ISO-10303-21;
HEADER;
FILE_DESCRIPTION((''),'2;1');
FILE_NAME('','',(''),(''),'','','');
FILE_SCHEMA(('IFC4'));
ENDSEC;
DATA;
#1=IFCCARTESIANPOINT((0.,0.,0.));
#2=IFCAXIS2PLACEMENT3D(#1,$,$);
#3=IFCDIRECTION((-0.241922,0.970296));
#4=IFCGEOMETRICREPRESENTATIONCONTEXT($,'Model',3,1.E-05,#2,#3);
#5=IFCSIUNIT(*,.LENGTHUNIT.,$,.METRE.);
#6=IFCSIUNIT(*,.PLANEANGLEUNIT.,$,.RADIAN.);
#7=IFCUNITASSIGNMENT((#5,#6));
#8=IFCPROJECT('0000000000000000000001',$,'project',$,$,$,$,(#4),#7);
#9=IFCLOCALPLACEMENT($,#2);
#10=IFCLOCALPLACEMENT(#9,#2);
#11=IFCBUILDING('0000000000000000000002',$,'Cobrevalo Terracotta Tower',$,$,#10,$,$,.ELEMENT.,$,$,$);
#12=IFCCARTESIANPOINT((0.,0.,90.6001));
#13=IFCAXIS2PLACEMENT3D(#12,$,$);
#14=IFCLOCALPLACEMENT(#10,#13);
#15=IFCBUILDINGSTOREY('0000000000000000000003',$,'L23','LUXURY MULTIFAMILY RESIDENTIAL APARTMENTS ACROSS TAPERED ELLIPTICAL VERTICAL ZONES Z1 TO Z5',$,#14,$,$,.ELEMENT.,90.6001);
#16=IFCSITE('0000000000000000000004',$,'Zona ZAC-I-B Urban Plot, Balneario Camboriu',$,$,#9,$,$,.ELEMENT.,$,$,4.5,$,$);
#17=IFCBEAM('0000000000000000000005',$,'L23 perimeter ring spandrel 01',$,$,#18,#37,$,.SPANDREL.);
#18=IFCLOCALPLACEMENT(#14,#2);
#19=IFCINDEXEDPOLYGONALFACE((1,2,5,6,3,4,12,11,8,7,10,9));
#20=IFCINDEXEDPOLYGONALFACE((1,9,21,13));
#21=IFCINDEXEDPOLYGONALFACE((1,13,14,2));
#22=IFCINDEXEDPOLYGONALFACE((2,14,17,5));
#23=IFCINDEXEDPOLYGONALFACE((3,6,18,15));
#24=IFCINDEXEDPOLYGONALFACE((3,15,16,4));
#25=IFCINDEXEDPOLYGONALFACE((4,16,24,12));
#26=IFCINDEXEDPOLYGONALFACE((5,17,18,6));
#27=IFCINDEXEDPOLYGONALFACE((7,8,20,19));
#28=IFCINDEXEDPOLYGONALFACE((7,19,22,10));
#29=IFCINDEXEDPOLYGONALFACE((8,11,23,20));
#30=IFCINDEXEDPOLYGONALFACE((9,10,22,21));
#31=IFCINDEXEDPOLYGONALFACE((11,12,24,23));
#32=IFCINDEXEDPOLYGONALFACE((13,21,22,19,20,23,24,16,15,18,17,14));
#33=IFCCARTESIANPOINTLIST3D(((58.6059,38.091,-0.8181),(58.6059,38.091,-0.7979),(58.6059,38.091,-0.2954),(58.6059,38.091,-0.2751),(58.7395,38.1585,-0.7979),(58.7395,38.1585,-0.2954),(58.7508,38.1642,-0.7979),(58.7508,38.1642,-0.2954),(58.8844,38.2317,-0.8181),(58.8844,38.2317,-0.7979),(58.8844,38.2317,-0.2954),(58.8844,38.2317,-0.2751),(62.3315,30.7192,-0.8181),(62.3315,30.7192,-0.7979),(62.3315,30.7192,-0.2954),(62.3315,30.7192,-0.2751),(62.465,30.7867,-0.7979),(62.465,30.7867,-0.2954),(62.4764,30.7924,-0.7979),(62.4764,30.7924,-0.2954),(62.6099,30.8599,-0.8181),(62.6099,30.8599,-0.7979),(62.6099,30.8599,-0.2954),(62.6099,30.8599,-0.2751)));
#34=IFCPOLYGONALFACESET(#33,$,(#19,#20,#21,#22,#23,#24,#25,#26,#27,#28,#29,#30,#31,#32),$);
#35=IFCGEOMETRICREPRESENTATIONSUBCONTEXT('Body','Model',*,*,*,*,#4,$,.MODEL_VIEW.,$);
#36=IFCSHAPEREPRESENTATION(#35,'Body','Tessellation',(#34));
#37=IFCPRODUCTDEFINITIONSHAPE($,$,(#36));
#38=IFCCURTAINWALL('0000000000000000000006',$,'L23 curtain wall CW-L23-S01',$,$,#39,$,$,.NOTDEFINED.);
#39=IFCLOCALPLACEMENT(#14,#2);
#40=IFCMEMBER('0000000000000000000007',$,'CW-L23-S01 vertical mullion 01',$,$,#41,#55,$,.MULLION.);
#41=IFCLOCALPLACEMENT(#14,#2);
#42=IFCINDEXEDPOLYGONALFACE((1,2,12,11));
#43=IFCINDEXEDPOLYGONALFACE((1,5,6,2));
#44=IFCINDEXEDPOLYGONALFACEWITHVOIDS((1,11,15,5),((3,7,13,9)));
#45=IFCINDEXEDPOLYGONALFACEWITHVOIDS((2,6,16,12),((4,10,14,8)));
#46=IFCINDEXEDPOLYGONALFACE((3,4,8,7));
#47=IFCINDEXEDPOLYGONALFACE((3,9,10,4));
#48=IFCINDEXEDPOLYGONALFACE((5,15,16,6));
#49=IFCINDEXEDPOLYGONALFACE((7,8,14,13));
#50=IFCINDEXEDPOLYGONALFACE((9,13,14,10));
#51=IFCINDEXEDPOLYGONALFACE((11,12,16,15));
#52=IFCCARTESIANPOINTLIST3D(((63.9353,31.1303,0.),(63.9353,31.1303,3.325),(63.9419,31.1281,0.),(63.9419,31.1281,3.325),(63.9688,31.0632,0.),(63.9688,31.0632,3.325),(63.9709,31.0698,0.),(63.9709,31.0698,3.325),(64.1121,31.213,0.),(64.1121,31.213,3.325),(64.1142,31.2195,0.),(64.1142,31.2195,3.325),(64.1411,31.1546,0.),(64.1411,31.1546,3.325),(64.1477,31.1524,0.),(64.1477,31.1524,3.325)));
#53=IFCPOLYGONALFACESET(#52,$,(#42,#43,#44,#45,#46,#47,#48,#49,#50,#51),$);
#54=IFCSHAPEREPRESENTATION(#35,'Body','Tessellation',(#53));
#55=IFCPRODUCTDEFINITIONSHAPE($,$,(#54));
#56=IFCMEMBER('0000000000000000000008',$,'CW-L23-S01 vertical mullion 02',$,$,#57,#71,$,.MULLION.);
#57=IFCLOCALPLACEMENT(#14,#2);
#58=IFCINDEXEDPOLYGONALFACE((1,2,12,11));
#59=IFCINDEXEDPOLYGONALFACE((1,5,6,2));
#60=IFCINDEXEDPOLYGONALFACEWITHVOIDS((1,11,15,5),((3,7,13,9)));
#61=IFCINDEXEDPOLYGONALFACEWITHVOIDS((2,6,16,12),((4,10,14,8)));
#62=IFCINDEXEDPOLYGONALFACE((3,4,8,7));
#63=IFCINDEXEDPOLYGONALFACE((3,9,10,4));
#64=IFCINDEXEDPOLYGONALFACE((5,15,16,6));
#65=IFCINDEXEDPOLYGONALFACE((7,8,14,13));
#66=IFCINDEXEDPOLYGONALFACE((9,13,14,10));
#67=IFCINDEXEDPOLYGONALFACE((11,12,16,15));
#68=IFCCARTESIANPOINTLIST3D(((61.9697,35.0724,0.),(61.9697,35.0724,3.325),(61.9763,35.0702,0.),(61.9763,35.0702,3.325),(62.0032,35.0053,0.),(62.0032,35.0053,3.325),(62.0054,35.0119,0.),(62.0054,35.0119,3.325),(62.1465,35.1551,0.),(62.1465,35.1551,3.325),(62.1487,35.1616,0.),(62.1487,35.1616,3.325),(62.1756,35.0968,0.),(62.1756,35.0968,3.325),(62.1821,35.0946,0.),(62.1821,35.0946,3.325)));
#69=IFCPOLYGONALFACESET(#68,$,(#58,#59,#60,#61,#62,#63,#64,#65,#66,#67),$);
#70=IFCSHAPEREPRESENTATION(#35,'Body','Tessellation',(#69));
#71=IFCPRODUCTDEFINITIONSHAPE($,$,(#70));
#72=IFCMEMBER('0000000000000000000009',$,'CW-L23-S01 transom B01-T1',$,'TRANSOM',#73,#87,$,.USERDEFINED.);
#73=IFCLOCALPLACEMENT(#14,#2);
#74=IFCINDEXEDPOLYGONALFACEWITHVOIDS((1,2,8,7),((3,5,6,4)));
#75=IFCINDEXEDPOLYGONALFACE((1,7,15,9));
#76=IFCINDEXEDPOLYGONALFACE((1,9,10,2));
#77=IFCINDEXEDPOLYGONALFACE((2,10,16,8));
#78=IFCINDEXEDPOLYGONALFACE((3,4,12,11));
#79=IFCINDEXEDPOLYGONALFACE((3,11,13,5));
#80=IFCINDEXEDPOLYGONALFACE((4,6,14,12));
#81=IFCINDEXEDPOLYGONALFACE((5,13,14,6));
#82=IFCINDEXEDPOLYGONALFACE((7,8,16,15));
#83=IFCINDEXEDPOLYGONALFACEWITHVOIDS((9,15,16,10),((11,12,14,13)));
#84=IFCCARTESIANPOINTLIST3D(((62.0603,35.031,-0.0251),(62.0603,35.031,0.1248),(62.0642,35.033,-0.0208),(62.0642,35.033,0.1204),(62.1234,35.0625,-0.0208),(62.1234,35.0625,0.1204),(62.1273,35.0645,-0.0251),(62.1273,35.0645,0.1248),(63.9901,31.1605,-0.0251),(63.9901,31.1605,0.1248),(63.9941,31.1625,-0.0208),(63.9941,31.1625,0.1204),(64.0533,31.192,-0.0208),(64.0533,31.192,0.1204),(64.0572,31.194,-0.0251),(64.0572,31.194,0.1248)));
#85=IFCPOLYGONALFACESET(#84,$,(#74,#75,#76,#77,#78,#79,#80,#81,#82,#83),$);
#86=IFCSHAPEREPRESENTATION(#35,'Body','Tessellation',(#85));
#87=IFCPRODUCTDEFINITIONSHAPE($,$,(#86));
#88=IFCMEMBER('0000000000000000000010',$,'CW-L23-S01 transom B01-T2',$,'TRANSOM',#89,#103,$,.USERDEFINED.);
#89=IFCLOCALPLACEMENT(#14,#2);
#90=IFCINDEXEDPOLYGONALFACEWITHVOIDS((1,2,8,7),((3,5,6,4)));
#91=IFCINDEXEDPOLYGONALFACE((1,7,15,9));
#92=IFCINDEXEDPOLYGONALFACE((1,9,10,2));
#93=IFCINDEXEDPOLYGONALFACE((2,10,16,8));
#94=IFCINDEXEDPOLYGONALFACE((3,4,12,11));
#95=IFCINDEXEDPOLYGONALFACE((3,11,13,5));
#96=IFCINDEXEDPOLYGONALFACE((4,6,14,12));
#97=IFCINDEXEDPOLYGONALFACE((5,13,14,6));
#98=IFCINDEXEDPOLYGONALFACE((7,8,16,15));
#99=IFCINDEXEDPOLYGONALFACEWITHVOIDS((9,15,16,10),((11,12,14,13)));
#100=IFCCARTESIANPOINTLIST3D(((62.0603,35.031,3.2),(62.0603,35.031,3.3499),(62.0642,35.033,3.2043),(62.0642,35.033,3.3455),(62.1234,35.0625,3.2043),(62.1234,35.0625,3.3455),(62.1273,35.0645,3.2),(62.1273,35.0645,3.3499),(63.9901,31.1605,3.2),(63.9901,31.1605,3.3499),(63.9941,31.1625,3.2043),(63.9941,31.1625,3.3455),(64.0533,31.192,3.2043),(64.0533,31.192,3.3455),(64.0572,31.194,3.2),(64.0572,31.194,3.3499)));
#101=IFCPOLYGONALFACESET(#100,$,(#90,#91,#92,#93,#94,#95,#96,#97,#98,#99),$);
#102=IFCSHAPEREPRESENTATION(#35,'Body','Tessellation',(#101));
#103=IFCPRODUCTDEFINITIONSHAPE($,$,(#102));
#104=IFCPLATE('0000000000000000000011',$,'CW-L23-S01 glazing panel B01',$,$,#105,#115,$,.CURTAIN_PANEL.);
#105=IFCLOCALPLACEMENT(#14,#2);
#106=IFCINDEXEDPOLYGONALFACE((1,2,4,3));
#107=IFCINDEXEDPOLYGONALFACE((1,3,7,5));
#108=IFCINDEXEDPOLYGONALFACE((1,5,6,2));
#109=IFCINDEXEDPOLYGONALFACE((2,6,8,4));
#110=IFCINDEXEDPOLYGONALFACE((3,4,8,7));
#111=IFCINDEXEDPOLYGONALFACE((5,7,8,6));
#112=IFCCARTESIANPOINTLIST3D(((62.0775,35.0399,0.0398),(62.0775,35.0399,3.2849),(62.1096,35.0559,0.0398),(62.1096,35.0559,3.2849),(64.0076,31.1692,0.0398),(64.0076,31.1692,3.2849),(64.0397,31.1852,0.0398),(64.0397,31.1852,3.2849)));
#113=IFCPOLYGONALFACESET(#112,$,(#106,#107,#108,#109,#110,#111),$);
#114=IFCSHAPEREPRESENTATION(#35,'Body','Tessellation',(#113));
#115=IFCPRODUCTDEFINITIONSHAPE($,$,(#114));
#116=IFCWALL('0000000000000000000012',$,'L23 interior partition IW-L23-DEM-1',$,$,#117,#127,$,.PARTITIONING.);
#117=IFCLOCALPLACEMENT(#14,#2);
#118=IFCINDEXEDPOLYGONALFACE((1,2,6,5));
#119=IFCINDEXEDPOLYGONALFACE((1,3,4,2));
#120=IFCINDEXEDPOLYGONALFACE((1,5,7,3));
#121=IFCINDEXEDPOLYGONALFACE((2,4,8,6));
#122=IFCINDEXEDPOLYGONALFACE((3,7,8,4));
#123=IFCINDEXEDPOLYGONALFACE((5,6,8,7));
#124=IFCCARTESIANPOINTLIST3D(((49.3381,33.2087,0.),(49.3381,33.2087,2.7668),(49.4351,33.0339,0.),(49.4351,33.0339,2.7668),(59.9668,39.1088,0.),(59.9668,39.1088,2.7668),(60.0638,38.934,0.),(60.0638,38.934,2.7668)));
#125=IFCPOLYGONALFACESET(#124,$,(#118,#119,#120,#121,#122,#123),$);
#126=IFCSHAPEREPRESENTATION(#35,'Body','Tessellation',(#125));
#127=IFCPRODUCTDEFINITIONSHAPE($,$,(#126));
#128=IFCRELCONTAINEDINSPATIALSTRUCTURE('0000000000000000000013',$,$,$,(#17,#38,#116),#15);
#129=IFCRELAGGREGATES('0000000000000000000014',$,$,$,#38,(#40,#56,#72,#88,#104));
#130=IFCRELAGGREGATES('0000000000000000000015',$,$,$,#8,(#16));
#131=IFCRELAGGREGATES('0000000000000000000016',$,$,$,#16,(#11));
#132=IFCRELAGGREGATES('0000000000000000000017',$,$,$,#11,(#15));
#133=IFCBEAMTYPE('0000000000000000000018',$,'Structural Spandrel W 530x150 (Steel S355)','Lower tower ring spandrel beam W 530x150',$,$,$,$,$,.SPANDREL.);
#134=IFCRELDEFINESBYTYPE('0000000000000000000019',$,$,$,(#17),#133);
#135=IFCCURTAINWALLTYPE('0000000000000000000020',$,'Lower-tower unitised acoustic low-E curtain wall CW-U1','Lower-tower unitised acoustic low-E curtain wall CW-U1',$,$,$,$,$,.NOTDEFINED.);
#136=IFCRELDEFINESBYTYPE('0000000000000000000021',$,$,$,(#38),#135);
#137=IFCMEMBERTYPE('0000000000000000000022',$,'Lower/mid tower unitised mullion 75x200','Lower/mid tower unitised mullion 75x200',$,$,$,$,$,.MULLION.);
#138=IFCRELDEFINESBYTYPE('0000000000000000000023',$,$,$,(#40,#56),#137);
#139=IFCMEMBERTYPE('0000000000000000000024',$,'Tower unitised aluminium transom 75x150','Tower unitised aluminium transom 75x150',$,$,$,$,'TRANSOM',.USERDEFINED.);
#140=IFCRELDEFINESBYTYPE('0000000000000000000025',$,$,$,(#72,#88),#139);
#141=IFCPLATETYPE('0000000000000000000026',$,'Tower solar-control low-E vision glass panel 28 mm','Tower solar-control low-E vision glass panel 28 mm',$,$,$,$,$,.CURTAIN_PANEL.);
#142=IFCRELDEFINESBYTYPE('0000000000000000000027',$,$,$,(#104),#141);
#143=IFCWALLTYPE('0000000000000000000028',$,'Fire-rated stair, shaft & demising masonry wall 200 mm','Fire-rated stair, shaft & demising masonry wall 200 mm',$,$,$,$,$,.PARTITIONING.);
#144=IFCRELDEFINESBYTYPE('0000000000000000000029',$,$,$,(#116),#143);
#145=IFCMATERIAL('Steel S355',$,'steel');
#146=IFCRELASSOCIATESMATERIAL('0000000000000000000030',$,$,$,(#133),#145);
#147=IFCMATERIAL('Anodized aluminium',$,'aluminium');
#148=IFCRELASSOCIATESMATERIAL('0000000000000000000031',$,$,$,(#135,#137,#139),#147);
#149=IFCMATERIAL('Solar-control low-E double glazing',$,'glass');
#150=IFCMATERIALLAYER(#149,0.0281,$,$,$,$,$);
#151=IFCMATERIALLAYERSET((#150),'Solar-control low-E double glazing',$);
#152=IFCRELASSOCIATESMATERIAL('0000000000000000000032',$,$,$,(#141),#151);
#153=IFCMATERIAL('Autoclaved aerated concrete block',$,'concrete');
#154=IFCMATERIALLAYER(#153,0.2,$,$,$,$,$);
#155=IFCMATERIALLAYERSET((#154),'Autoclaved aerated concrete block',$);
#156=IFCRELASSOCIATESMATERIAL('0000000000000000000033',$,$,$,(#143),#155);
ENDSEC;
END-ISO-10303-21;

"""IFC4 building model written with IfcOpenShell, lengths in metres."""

from ifc_helpers import new_model, si_unit, direction, frame, frame_2d, origin, origin_2d, place, context, subcontext, project, spatial, rectangle, hollow_rectangle, i_section, extrude, source, transform, mapped, material, layer, layer_set, material_profile, profile_set, type_object, element, aggregate, save


model = new_model("IFC4")

# Units and contexts
model_context = context("Model", 3, precision=1e-05, world=origin(), true_north=direction((-0.241922, 0.970296)))
body_context = subcontext(model_context, "Body", "Model", "MODEL_VIEW")
ifc_project = project(units=[si_unit("LENGTHUNIT", "METRE"), si_unit("PLANEANGLEUNIT", "RADIAN")], contexts=[model_context])

# Site, building, storey
site_placement = place(None, origin())
site = spatial("IfcSite", under=ifc_project, at=site_placement, Name="Zona ZAC-I-B Urban Plot, Balneario Camboriu", CompositionType="ELEMENT", RefElevation=4.5)
building_placement = place(site_placement, origin())
building = spatial("IfcBuilding", under=site, at=building_placement, Name="Cobrevalo Terracotta Tower", CompositionType="ELEMENT")
storey_placement = place(building_placement, frame((0.0, 0.0, 90.6001)))
storey = spatial("IfcBuildingStorey", under=building, at=storey_placement, Name="L23", Description="LUXURY MULTIFAMILY RESIDENTIAL APARTMENTS ACROSS TAPERED ELLIPTICAL VERTICAL ZONES Z1 TO Z5", CompositionType="ELEMENT", Elevation=90.6001)

# Shared definitions
ifc_material_1 = material(Name="Steel S355", Category="steel")

# Beam
ifc_material_profile_1 = material_profile(ifc_material_1, i_section(OverallWidth=0.312, OverallDepth=0.543, WebThickness=0.0127, FlangeThickness=0.0203, at=origin_2d()), Name="W 530x150")
ifc_profile_set_1 = profile_set([ifc_material_profile_1], Name="Steel S355")
beam_type_1 = type_object("IfcBeamType", Name="Structural Spandrel W 530x150 (Steel S355)", Description="Lower tower ring spandrel beam W 530x150", PredefinedType="SPANDREL", material=ifc_profile_set_1)
beam_1_placement = place(storey_placement, frame((62.4707, 30.7896, -0.5466), z_axis=(-0.451052, 0.892498, 0.0), x_axis=(-0.892498, -0.451052, 0.0)))
element("IfcBeam", 1, at=beam_1_placement, inside=storey, type_object=beam_type_1, Name="L23 perimeter ring spandrel 01", PredefinedType="SPANDREL", context=body_context, shape_type="SweptSolid", body=[
    extrude(i_section(OverallWidth=0.312, OverallDepth=0.543, WebThickness=0.0127, FlangeThickness=0.0203, at=origin_2d()), origin(), (0.0, 0.0, 1.0), 8.2598),
])

# Curtain wall, members, plate
ifc_material_2 = material(Name="Anodized aluminium", Category="aluminium")
curtain_wall_type = type_object("IfcCurtainWallType", Name="Lower-tower unitised acoustic low-E curtain wall CW-U1", Description="Lower-tower unitised acoustic low-E curtain wall CW-U1", PredefinedType="NOTDEFINED", material=ifc_material_2)
curtain_wall_placement = place(storey_placement, origin())
curtain_wall = element("IfcCurtainWall", 2, at=curtain_wall_placement, inside=storey, type_object=curtain_wall_type, Name="L23 curtain wall CW-L23-S01", PredefinedType="NOTDEFINED")
ifc_material_profile_2 = material_profile(ifc_material_2, hollow_rectangle(XDim=0.075, YDim=0.2, WallThickness=0.0049, at=origin_2d()), Name="CWM 75x200")
ifc_profile_set_2 = profile_set([ifc_material_profile_2], Name="Anodized aluminium")
member_type_1 = type_object("IfcMemberType", Name="Lower/mid tower unitised mullion 75x200", Description="Lower/mid tower unitised mullion 75x200", PredefinedType="MULLION", material=ifc_profile_set_2)
shared_shape_1 = source(origin(), body_context, "Body", "SweptSolid", [
    extrude(hollow_rectangle(XDim=0.075, YDim=0.2, WallThickness=0.0049, at=origin_2d()), origin(), (0.0, 0.0, 1.0), 3.325),
])
member_1_placement = place(storey_placement, frame((64.0415, 31.1414, 0.0), z_axis=(0.0, 0.0, 1.0), x_axis=(-0.44626, 0.894903, 0.0)))
member_1 = element("IfcMember", 3, at=member_1_placement, type_object=member_type_1, Name="CW-L23-S01 vertical mullion 01", PredefinedType="MULLION", context=body_context, shape_type="MappedRepresentation", body=[
    mapped(shared_shape_1, transform((0.0, 0.0, 0.0), scale=1.0)),
])
member_2_placement = place(storey_placement, frame((62.0759, 35.0835, 0.0), z_axis=(0.0, 0.0, 1.0), x_axis=(-0.44626, 0.894903, 0.0)))
member_2 = element("IfcMember", 4, at=member_2_placement, type_object=member_type_1, Name="CW-L23-S01 vertical mullion 02", PredefinedType="MULLION", context=body_context, shape_type="MappedRepresentation", body=[
    mapped(shared_shape_1, transform((0.0, 0.0, 0.0), scale=1.0)),
])
ifc_material_profile_3 = material_profile(ifc_material_2, hollow_rectangle(XDim=0.075, YDim=0.1499, WallThickness=0.0044, at=origin_2d()), Name="CWT 75x150")
ifc_profile_set_3 = profile_set([ifc_material_profile_3], Name="Anodized aluminium")
member_type_2 = type_object("IfcMemberType", Name="Tower unitised aluminium transom 75x150", Description="Tower unitised aluminium transom 75x150", ElementType="TRANSOM", PredefinedType="USERDEFINED", material=ifc_profile_set_3)
shared_shape_2 = source(origin(), body_context, "Body", "SweptSolid", [
    extrude(hollow_rectangle(XDim=0.075, YDim=0.1499, WallThickness=0.0044, at=origin_2d()), origin(), (0.0, 0.0, 1.0), 4.325),
])
member_3_placement = place(storey_placement, frame((64.0237, 31.1772, 0.0498), z_axis=(-0.44622, 0.894923, 0.0), x_axis=(-0.894923, -0.44622, 0.0)))
member_3 = element("IfcMember", 5, at=member_3_placement, type_object=member_type_2, Name="CW-L23-S01 transom B01-T1", ObjectType="TRANSOM", PredefinedType="USERDEFINED", context=body_context, shape_type="MappedRepresentation", body=[
    mapped(shared_shape_2, transform((0.0, 0.0, 0.0), scale=1.0)),
])
member_4_placement = place(storey_placement, frame((64.0237, 31.1772, 3.2749), z_axis=(-0.44622, 0.894923, 0.0), x_axis=(-0.894923, -0.44622, 0.0)))
member_4 = element("IfcMember", 6, at=member_4_placement, type_object=member_type_2, Name="CW-L23-S01 transom B01-T2", ObjectType="TRANSOM", PredefinedType="USERDEFINED", context=body_context, shape_type="MappedRepresentation", body=[
    mapped(shared_shape_2, transform((0.0, 0.0, 0.0), scale=1.0)),
])
ifc_material_3 = material(Name="Solar-control low-E double glazing", Category="glass")
ifc_layer_1 = layer(ifc_material_3, 0.0281)
ifc_layer_set_1 = layer_set([ifc_layer_1], Name="Solar-control low-E double glazing")
plate_type = type_object("IfcPlateType", Name="Tower solar-control low-E vision glass panel 28 mm", Description="Tower solar-control low-E vision glass panel 28 mm", PredefinedType="CURTAIN_PANEL", material=ifc_layer_set_1)
shared_shape_3 = source(origin(), body_context, "Body", "SweptSolid", [
    extrude(rectangle(XDim=4.3252, YDim=0.0359, at=origin_2d()), origin(), (0.0, 0.0, 1.0), 3.2451),
])
plate_placement = place(storey_placement, frame((63.0586, 33.1125, 0.0398), z_axis=(0.0, 0.0, 1.0), x_axis=(-0.446262, 0.894902, 0.0)))
plate = element("IfcPlate", 7, at=plate_placement, type_object=plate_type, Name="CW-L23-S01 glazing panel B01", PredefinedType="CURTAIN_PANEL", context=body_context, shape_type="MappedRepresentation", body=[
    mapped(shared_shape_3, transform((0.0, 0.0, 0.0), scale=1.0)),
])
aggregate(curtain_wall, [member_1, member_2, member_3, member_4, plate])

# Wall
ifc_material_4 = material(Name="Autoclaved aerated concrete block", Category="concrete")
ifc_layer_2 = layer(ifc_material_4, 0.2)
ifc_layer_set_2 = layer_set([ifc_layer_2], Name="Autoclaved aerated concrete block")
wall_type_1 = type_object("IfcWallType", Name="Fire-rated stair, shaft & demising masonry wall 200 mm", Description="Fire-rated stair, shaft & demising masonry wall 200 mm", PredefinedType="PARTITIONING", material=ifc_layer_set_2)
wall_1_placement = place(storey_placement, frame((49.3867, 33.1213, 0.0), z_axis=(0.0, 0.0, 1.0), x_axis=(0.87432, 0.48535, 0.0)))
element("IfcWall", 8, at=wall_1_placement, inside=storey, type_object=wall_type_1, Name="L23 interior partition IW-L23-DEM-1", PredefinedType="PARTITIONING", context=body_context, shape_type="SweptSolid", body=[
    extrude(rectangle(XDim=12.1565, YDim=0.2, at=frame_2d((6.0781, 0.0))), origin(), (0.0, 0.0, 1.0), 2.7668),
])

save(model, "model.ifc")
